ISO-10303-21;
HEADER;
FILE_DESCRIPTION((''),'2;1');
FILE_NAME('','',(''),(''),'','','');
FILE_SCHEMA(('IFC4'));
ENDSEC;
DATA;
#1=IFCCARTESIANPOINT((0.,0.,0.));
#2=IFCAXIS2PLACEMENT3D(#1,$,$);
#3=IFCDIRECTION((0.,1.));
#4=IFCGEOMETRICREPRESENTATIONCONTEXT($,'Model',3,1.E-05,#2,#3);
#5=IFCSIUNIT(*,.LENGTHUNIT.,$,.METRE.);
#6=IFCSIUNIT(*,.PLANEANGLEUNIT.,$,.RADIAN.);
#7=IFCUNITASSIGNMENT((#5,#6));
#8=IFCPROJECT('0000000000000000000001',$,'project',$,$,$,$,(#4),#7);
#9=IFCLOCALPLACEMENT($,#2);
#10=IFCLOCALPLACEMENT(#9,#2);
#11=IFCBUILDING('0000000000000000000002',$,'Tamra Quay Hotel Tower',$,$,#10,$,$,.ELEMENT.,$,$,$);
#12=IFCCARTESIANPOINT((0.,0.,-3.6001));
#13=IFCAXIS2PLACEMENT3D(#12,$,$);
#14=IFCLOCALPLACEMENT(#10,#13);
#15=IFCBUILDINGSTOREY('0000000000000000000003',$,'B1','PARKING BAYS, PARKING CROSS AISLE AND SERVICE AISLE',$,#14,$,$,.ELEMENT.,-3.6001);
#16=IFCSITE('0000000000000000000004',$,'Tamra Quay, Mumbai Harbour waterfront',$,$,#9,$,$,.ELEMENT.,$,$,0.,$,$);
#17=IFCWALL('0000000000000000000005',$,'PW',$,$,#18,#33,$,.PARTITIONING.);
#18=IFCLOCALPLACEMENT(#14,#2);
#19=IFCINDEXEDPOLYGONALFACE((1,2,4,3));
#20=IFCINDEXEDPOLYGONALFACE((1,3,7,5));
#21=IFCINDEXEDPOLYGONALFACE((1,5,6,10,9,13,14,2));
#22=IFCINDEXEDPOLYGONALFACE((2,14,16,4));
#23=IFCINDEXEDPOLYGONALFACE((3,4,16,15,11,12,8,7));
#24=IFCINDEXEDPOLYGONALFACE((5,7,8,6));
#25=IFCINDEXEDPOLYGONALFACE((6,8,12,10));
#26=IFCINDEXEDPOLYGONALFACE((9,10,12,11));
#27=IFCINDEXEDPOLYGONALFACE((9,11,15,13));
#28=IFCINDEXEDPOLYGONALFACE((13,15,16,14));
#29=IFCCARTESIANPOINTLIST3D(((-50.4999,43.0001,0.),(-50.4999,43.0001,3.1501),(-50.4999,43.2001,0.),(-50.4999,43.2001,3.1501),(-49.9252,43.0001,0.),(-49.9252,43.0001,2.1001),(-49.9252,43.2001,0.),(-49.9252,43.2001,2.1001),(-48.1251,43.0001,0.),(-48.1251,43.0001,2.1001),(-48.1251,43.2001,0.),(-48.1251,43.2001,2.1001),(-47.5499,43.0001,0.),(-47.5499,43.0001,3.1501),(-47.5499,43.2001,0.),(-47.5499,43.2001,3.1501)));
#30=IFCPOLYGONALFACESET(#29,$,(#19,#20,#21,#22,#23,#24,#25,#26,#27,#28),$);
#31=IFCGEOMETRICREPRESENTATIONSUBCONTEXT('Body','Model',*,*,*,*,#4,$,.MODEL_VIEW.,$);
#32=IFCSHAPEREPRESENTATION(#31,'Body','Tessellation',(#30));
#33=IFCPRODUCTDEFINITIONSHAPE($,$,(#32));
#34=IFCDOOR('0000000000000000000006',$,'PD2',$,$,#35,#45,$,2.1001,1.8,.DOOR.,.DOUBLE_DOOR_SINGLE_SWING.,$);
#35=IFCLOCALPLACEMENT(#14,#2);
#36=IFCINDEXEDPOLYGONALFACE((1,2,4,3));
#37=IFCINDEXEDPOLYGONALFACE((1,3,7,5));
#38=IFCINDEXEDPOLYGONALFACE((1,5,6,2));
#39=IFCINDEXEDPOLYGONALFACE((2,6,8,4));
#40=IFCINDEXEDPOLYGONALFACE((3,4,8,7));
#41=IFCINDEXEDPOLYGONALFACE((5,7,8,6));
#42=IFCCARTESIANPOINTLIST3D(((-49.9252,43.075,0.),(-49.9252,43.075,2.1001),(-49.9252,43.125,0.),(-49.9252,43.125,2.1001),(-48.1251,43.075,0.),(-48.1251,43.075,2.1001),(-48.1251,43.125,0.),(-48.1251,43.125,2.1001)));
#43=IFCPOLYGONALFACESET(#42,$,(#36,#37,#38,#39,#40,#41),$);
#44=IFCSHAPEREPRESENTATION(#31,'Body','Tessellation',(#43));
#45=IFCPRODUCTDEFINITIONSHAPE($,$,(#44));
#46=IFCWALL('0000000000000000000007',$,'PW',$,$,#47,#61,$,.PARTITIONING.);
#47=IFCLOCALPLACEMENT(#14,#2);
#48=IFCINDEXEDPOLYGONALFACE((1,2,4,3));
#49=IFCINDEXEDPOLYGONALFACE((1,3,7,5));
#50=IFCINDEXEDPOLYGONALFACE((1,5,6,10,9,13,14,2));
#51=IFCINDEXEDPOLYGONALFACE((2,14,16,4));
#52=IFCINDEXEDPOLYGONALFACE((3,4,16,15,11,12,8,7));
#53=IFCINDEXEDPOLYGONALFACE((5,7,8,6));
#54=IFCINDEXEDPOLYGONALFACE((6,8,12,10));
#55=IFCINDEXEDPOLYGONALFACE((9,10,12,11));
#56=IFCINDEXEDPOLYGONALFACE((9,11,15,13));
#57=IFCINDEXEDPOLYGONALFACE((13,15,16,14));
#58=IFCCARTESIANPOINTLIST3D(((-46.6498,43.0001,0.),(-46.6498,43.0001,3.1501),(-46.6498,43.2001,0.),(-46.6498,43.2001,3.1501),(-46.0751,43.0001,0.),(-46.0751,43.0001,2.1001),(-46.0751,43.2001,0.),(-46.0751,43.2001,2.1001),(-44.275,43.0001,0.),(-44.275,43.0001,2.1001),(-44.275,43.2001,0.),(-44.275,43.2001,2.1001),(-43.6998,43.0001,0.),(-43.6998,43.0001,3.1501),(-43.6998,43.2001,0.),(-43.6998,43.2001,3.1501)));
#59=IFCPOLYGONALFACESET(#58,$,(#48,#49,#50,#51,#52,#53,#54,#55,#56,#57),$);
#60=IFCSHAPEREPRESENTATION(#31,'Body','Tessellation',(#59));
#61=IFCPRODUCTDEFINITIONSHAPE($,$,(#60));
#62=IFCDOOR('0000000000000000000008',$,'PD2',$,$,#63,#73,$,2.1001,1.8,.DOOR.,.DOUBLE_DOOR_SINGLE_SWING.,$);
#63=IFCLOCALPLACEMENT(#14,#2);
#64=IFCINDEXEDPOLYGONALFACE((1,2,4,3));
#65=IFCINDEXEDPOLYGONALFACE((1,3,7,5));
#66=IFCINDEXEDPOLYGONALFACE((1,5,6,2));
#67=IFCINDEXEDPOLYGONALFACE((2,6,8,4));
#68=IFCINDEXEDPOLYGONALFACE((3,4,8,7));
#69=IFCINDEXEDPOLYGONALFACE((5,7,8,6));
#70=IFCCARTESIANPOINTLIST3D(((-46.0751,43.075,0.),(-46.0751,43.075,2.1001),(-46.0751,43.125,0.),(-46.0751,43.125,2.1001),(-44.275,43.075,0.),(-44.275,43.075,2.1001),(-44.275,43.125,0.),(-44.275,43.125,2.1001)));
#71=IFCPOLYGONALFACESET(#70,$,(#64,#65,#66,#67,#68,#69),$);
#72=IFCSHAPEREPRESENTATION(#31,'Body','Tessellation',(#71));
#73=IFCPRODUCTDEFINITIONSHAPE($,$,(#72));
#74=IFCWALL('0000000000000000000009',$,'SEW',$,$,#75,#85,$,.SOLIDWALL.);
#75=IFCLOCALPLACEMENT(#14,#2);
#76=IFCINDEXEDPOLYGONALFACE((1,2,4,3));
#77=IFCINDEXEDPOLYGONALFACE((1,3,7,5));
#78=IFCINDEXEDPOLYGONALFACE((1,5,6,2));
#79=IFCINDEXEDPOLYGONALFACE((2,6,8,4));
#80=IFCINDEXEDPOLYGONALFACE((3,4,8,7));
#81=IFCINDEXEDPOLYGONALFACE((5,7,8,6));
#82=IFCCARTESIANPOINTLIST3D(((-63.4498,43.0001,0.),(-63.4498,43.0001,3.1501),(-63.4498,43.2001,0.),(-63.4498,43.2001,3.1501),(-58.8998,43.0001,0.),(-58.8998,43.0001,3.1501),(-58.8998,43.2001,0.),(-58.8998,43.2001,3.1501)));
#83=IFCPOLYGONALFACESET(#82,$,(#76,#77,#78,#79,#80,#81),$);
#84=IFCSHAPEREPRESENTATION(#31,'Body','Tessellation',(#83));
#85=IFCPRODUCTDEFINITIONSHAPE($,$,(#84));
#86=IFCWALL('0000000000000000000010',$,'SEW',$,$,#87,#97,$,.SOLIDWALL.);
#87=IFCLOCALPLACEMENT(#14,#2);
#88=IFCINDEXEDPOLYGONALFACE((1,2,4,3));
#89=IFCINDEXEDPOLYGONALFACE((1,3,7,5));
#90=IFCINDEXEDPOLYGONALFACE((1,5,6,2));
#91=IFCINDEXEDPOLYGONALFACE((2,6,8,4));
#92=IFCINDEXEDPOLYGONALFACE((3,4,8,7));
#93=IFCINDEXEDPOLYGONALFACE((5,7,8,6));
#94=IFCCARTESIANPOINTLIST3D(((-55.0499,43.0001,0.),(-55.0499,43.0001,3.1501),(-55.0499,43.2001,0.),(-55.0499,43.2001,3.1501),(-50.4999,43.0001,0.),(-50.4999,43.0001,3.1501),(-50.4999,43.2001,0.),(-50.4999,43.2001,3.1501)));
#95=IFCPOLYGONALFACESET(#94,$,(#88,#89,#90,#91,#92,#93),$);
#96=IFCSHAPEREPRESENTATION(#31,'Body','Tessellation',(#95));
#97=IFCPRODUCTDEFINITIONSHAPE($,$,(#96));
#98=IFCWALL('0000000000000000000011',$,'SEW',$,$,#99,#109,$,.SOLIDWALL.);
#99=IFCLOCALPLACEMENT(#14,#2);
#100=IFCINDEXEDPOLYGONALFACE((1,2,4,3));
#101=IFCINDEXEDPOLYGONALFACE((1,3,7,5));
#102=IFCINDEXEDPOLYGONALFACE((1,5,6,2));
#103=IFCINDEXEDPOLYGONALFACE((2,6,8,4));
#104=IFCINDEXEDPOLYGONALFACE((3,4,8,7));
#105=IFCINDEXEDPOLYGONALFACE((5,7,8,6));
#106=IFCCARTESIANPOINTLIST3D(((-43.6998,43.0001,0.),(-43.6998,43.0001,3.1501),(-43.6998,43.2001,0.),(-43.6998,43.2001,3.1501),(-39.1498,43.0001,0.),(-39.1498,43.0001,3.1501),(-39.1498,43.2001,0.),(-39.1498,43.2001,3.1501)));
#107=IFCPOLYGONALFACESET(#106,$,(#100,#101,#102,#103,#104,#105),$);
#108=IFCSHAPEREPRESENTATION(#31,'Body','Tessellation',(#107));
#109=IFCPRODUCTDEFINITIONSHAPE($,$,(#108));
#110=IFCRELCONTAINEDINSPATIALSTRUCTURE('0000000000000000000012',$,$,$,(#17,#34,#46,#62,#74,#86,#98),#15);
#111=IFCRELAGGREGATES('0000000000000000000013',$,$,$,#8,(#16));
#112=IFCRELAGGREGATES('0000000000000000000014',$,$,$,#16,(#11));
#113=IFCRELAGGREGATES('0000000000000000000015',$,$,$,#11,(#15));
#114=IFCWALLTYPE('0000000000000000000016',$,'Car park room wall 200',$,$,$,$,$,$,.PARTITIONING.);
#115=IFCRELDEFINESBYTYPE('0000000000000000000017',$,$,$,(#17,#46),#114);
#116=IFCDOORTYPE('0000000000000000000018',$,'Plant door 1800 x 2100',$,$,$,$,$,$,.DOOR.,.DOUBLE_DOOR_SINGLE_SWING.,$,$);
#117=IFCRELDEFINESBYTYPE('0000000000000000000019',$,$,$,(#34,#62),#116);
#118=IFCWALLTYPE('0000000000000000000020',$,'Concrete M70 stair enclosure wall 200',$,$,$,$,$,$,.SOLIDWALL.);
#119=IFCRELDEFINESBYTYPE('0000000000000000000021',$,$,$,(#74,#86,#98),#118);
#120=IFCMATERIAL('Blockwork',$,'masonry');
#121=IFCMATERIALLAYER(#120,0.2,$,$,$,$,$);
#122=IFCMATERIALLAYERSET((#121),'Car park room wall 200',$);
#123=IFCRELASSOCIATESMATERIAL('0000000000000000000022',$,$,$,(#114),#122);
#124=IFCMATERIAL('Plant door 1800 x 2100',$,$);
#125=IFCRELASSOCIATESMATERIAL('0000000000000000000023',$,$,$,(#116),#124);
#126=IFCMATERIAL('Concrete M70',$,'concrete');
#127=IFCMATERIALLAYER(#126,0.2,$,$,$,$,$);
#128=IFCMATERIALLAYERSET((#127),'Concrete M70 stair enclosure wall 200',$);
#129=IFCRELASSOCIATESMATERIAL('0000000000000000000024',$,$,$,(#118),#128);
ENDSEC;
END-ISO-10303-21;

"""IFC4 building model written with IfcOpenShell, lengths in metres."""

from ifc_helpers import new_model, si_unit, direction, frame, frame_2d, origin, place, context, subcontext, project, spatial, rectangle, extrude, material, layer, layer_set, type_object, element, fill, save


model = new_model("IFC4")

# Units and contexts
model_context = context("Model", 3, precision=1e-05, world=origin(), true_north=direction((0.0, 1.0)))
body_context = subcontext(model_context, "Body", "Model", "MODEL_VIEW")
ifc_project = project(units=[si_unit("LENGTHUNIT", "METRE"), si_unit("PLANEANGLEUNIT", "RADIAN")], contexts=[model_context])

# Site, building, storey
site_placement = place(None, origin())
site = spatial("IfcSite", under=ifc_project, at=site_placement, Name="Tamra Quay, Mumbai Harbour waterfront", CompositionType="ELEMENT", RefElevation=0.0)
building_placement = place(site_placement, origin())
building = spatial("IfcBuilding", under=site, at=building_placement, Name="Tamra Quay Hotel Tower", CompositionType="ELEMENT")
storey_placement = place(building_placement, frame((0.0, 0.0, -3.6001)))
storey = spatial("IfcBuildingStorey", under=building, at=storey_placement, Name="B1", Description="PARKING BAYS, PARKING CROSS AISLE AND SERVICE AISLE", CompositionType="ELEMENT", Elevation=-3.6001)

# Shared definitions
ifc_material_1 = material(Name="Concrete M70", Category="concrete")

# Shared definitions
ifc_material_2 = material(Name="Blockwork", Category="masonry")
ifc_layer_1 = layer(ifc_material_2, 0.2)
ifc_layer_set_1 = layer_set([ifc_layer_1], Name="Car park room wall 200")
wall_type_1 = type_object("IfcWallType", Name="Car park room wall 200", PredefinedType="PARTITIONING", material=ifc_layer_set_1)

# Walls, openings, doors
ifc_material_3 = material(Name="Plant door 1800 x 2100")
door_type_1 = type_object("IfcDoorType", Name="Plant door 1800 x 2100", OperationType="DOUBLE_DOOR_SINGLE_SWING", PredefinedType="DOOR", material=ifc_material_3)
wall_1_placement = place(storey_placement, frame((-50.5, 43.1001, 0.0), z_axis=(0.0, 0.0, 1.0), x_axis=(1.0, 0.0, 0.0)))
wall_1 = element("IfcWall", 1, at=wall_1_placement, inside=storey, type_object=wall_type_1, Name="PW", PredefinedType="PARTITIONING", context=body_context, shape_type="SweptSolid", body=[
    extrude(rectangle(XDim=2.95, YDim=0.2, at=frame_2d((1.4751, 0.0))), origin(), (0.0, 0.0, 1.0), 3.1501),
])
opening_1_placement = place(wall_1_placement, frame((0.575, 0.0, 0.0)))
opening_1 = element("IfcOpeningElement", 2, at=opening_1_placement, cuts=wall_1, PredefinedType="OPENING", context=body_context, shape_type="SweptSolid", body=[
    extrude(rectangle(XDim=1.8, YDim=2.1001, at=frame_2d((0.8999, 1.05))), frame((0.0, 0.1099, 0.0), z_axis=(0.0, -1.0, 0.0), x_axis=(1.0, 0.0, 0.0)), (0.0, 0.0, 1.0), 0.22),
])
door_1_placement = place(opening_1_placement, origin())
door_1 = element("IfcDoor", 3, at=door_1_placement, inside=storey, type_object=door_type_1, Name="PD2", OperationType="DOUBLE_DOOR_SINGLE_SWING", OverallHeight=2.1001, OverallWidth=1.8, PredefinedType="DOOR", context=body_context, shape_type="SweptSolid", body=[
    extrude(rectangle(XDim=1.8, YDim=2.1001, at=frame_2d((0.8999, 1.05))), frame((0.0, 0.0249, 0.0), z_axis=(0.0, -1.0, 0.0), x_axis=(1.0, 0.0, 0.0)), (0.0, 0.0, 1.0), 0.05),
])
fill(opening_1, door_1)
wall_2_placement = place(storey_placement, frame((-46.6499, 43.1001, 0.0), z_axis=(0.0, 0.0, 1.0), x_axis=(1.0, 0.0, 0.0)))
wall_2 = element("IfcWall", 4, at=wall_2_placement, inside=storey, type_object=wall_type_1, Name="PW", PredefinedType="PARTITIONING", context=body_context, shape_type="SweptSolid", body=[
    extrude(rectangle(XDim=2.95, YDim=0.2, at=frame_2d((1.4751, 0.0))), origin(), (0.0, 0.0, 1.0), 3.1501),
])
opening_2_placement = place(wall_2_placement, frame((0.575, 0.0, 0.0)))
opening_2 = element("IfcOpeningElement", 5, at=opening_2_placement, cuts=wall_2, PredefinedType="OPENING", context=body_context, shape_type="SweptSolid", body=[
    extrude(rectangle(XDim=1.8, YDim=2.1001, at=frame_2d((0.8999, 1.05))), frame((0.0, 0.1099, 0.0), z_axis=(0.0, -1.0, 0.0), x_axis=(1.0, 0.0, 0.0)), (0.0, 0.0, 1.0), 0.22),
])
door_2_placement = place(opening_2_placement, origin())
door_2 = element("IfcDoor", 6, at=door_2_placement, inside=storey, type_object=door_type_1, Name="PD2", OperationType="DOUBLE_DOOR_SINGLE_SWING", OverallHeight=2.1001, OverallWidth=1.8, PredefinedType="DOOR", context=body_context, shape_type="SweptSolid", body=[
    extrude(rectangle(XDim=1.8, YDim=2.1001, at=frame_2d((0.8999, 1.05))), frame((0.0, 0.0249, 0.0), z_axis=(0.0, -1.0, 0.0), x_axis=(1.0, 0.0, 0.0)), (0.0, 0.0, 1.0), 0.05),
])
fill(opening_2, door_2)

# Walls
ifc_layer_2 = layer(ifc_material_1, 0.2)
ifc_layer_set_2 = layer_set([ifc_layer_2], Name="Concrete M70 stair enclosure wall 200")
wall_type_2 = type_object("IfcWallType", Name="Concrete M70 stair enclosure wall 200", PredefinedType="SOLIDWALL", material=ifc_layer_set_2)
for number, where, z_axis, x_axis, name in (
    (7, (-58.8999, 43.1001, 0.0), (0.0, 0.0, 1.0), (-1.0, 0.0, 0.0), "SEW"),
    (8, (-50.5, 43.1001, 0.0), (0.0, 0.0, 1.0), (-1.0, 0.0, 0.0), "SEW"),
    (9, (-39.1499, 43.1001, 0.0), (0.0, 0.0, 1.0), (-1.0, 0.0, 0.0), "SEW"),
):
    element("IfcWall", number, at=place(storey_placement, frame(where, z_axis=z_axis, x_axis=x_axis)), inside=storey, type_object=wall_type_2, Name=name, PredefinedType="SOLIDWALL", context=body_context, shape_type="SweptSolid", body=[
        extrude(rectangle(XDim=4.55, YDim=0.2, at=frame_2d((2.2749, 0.0))), origin(), (0.0, 0.0, 1.0), 3.1501),
    ])

save(model, "model.ifc")
